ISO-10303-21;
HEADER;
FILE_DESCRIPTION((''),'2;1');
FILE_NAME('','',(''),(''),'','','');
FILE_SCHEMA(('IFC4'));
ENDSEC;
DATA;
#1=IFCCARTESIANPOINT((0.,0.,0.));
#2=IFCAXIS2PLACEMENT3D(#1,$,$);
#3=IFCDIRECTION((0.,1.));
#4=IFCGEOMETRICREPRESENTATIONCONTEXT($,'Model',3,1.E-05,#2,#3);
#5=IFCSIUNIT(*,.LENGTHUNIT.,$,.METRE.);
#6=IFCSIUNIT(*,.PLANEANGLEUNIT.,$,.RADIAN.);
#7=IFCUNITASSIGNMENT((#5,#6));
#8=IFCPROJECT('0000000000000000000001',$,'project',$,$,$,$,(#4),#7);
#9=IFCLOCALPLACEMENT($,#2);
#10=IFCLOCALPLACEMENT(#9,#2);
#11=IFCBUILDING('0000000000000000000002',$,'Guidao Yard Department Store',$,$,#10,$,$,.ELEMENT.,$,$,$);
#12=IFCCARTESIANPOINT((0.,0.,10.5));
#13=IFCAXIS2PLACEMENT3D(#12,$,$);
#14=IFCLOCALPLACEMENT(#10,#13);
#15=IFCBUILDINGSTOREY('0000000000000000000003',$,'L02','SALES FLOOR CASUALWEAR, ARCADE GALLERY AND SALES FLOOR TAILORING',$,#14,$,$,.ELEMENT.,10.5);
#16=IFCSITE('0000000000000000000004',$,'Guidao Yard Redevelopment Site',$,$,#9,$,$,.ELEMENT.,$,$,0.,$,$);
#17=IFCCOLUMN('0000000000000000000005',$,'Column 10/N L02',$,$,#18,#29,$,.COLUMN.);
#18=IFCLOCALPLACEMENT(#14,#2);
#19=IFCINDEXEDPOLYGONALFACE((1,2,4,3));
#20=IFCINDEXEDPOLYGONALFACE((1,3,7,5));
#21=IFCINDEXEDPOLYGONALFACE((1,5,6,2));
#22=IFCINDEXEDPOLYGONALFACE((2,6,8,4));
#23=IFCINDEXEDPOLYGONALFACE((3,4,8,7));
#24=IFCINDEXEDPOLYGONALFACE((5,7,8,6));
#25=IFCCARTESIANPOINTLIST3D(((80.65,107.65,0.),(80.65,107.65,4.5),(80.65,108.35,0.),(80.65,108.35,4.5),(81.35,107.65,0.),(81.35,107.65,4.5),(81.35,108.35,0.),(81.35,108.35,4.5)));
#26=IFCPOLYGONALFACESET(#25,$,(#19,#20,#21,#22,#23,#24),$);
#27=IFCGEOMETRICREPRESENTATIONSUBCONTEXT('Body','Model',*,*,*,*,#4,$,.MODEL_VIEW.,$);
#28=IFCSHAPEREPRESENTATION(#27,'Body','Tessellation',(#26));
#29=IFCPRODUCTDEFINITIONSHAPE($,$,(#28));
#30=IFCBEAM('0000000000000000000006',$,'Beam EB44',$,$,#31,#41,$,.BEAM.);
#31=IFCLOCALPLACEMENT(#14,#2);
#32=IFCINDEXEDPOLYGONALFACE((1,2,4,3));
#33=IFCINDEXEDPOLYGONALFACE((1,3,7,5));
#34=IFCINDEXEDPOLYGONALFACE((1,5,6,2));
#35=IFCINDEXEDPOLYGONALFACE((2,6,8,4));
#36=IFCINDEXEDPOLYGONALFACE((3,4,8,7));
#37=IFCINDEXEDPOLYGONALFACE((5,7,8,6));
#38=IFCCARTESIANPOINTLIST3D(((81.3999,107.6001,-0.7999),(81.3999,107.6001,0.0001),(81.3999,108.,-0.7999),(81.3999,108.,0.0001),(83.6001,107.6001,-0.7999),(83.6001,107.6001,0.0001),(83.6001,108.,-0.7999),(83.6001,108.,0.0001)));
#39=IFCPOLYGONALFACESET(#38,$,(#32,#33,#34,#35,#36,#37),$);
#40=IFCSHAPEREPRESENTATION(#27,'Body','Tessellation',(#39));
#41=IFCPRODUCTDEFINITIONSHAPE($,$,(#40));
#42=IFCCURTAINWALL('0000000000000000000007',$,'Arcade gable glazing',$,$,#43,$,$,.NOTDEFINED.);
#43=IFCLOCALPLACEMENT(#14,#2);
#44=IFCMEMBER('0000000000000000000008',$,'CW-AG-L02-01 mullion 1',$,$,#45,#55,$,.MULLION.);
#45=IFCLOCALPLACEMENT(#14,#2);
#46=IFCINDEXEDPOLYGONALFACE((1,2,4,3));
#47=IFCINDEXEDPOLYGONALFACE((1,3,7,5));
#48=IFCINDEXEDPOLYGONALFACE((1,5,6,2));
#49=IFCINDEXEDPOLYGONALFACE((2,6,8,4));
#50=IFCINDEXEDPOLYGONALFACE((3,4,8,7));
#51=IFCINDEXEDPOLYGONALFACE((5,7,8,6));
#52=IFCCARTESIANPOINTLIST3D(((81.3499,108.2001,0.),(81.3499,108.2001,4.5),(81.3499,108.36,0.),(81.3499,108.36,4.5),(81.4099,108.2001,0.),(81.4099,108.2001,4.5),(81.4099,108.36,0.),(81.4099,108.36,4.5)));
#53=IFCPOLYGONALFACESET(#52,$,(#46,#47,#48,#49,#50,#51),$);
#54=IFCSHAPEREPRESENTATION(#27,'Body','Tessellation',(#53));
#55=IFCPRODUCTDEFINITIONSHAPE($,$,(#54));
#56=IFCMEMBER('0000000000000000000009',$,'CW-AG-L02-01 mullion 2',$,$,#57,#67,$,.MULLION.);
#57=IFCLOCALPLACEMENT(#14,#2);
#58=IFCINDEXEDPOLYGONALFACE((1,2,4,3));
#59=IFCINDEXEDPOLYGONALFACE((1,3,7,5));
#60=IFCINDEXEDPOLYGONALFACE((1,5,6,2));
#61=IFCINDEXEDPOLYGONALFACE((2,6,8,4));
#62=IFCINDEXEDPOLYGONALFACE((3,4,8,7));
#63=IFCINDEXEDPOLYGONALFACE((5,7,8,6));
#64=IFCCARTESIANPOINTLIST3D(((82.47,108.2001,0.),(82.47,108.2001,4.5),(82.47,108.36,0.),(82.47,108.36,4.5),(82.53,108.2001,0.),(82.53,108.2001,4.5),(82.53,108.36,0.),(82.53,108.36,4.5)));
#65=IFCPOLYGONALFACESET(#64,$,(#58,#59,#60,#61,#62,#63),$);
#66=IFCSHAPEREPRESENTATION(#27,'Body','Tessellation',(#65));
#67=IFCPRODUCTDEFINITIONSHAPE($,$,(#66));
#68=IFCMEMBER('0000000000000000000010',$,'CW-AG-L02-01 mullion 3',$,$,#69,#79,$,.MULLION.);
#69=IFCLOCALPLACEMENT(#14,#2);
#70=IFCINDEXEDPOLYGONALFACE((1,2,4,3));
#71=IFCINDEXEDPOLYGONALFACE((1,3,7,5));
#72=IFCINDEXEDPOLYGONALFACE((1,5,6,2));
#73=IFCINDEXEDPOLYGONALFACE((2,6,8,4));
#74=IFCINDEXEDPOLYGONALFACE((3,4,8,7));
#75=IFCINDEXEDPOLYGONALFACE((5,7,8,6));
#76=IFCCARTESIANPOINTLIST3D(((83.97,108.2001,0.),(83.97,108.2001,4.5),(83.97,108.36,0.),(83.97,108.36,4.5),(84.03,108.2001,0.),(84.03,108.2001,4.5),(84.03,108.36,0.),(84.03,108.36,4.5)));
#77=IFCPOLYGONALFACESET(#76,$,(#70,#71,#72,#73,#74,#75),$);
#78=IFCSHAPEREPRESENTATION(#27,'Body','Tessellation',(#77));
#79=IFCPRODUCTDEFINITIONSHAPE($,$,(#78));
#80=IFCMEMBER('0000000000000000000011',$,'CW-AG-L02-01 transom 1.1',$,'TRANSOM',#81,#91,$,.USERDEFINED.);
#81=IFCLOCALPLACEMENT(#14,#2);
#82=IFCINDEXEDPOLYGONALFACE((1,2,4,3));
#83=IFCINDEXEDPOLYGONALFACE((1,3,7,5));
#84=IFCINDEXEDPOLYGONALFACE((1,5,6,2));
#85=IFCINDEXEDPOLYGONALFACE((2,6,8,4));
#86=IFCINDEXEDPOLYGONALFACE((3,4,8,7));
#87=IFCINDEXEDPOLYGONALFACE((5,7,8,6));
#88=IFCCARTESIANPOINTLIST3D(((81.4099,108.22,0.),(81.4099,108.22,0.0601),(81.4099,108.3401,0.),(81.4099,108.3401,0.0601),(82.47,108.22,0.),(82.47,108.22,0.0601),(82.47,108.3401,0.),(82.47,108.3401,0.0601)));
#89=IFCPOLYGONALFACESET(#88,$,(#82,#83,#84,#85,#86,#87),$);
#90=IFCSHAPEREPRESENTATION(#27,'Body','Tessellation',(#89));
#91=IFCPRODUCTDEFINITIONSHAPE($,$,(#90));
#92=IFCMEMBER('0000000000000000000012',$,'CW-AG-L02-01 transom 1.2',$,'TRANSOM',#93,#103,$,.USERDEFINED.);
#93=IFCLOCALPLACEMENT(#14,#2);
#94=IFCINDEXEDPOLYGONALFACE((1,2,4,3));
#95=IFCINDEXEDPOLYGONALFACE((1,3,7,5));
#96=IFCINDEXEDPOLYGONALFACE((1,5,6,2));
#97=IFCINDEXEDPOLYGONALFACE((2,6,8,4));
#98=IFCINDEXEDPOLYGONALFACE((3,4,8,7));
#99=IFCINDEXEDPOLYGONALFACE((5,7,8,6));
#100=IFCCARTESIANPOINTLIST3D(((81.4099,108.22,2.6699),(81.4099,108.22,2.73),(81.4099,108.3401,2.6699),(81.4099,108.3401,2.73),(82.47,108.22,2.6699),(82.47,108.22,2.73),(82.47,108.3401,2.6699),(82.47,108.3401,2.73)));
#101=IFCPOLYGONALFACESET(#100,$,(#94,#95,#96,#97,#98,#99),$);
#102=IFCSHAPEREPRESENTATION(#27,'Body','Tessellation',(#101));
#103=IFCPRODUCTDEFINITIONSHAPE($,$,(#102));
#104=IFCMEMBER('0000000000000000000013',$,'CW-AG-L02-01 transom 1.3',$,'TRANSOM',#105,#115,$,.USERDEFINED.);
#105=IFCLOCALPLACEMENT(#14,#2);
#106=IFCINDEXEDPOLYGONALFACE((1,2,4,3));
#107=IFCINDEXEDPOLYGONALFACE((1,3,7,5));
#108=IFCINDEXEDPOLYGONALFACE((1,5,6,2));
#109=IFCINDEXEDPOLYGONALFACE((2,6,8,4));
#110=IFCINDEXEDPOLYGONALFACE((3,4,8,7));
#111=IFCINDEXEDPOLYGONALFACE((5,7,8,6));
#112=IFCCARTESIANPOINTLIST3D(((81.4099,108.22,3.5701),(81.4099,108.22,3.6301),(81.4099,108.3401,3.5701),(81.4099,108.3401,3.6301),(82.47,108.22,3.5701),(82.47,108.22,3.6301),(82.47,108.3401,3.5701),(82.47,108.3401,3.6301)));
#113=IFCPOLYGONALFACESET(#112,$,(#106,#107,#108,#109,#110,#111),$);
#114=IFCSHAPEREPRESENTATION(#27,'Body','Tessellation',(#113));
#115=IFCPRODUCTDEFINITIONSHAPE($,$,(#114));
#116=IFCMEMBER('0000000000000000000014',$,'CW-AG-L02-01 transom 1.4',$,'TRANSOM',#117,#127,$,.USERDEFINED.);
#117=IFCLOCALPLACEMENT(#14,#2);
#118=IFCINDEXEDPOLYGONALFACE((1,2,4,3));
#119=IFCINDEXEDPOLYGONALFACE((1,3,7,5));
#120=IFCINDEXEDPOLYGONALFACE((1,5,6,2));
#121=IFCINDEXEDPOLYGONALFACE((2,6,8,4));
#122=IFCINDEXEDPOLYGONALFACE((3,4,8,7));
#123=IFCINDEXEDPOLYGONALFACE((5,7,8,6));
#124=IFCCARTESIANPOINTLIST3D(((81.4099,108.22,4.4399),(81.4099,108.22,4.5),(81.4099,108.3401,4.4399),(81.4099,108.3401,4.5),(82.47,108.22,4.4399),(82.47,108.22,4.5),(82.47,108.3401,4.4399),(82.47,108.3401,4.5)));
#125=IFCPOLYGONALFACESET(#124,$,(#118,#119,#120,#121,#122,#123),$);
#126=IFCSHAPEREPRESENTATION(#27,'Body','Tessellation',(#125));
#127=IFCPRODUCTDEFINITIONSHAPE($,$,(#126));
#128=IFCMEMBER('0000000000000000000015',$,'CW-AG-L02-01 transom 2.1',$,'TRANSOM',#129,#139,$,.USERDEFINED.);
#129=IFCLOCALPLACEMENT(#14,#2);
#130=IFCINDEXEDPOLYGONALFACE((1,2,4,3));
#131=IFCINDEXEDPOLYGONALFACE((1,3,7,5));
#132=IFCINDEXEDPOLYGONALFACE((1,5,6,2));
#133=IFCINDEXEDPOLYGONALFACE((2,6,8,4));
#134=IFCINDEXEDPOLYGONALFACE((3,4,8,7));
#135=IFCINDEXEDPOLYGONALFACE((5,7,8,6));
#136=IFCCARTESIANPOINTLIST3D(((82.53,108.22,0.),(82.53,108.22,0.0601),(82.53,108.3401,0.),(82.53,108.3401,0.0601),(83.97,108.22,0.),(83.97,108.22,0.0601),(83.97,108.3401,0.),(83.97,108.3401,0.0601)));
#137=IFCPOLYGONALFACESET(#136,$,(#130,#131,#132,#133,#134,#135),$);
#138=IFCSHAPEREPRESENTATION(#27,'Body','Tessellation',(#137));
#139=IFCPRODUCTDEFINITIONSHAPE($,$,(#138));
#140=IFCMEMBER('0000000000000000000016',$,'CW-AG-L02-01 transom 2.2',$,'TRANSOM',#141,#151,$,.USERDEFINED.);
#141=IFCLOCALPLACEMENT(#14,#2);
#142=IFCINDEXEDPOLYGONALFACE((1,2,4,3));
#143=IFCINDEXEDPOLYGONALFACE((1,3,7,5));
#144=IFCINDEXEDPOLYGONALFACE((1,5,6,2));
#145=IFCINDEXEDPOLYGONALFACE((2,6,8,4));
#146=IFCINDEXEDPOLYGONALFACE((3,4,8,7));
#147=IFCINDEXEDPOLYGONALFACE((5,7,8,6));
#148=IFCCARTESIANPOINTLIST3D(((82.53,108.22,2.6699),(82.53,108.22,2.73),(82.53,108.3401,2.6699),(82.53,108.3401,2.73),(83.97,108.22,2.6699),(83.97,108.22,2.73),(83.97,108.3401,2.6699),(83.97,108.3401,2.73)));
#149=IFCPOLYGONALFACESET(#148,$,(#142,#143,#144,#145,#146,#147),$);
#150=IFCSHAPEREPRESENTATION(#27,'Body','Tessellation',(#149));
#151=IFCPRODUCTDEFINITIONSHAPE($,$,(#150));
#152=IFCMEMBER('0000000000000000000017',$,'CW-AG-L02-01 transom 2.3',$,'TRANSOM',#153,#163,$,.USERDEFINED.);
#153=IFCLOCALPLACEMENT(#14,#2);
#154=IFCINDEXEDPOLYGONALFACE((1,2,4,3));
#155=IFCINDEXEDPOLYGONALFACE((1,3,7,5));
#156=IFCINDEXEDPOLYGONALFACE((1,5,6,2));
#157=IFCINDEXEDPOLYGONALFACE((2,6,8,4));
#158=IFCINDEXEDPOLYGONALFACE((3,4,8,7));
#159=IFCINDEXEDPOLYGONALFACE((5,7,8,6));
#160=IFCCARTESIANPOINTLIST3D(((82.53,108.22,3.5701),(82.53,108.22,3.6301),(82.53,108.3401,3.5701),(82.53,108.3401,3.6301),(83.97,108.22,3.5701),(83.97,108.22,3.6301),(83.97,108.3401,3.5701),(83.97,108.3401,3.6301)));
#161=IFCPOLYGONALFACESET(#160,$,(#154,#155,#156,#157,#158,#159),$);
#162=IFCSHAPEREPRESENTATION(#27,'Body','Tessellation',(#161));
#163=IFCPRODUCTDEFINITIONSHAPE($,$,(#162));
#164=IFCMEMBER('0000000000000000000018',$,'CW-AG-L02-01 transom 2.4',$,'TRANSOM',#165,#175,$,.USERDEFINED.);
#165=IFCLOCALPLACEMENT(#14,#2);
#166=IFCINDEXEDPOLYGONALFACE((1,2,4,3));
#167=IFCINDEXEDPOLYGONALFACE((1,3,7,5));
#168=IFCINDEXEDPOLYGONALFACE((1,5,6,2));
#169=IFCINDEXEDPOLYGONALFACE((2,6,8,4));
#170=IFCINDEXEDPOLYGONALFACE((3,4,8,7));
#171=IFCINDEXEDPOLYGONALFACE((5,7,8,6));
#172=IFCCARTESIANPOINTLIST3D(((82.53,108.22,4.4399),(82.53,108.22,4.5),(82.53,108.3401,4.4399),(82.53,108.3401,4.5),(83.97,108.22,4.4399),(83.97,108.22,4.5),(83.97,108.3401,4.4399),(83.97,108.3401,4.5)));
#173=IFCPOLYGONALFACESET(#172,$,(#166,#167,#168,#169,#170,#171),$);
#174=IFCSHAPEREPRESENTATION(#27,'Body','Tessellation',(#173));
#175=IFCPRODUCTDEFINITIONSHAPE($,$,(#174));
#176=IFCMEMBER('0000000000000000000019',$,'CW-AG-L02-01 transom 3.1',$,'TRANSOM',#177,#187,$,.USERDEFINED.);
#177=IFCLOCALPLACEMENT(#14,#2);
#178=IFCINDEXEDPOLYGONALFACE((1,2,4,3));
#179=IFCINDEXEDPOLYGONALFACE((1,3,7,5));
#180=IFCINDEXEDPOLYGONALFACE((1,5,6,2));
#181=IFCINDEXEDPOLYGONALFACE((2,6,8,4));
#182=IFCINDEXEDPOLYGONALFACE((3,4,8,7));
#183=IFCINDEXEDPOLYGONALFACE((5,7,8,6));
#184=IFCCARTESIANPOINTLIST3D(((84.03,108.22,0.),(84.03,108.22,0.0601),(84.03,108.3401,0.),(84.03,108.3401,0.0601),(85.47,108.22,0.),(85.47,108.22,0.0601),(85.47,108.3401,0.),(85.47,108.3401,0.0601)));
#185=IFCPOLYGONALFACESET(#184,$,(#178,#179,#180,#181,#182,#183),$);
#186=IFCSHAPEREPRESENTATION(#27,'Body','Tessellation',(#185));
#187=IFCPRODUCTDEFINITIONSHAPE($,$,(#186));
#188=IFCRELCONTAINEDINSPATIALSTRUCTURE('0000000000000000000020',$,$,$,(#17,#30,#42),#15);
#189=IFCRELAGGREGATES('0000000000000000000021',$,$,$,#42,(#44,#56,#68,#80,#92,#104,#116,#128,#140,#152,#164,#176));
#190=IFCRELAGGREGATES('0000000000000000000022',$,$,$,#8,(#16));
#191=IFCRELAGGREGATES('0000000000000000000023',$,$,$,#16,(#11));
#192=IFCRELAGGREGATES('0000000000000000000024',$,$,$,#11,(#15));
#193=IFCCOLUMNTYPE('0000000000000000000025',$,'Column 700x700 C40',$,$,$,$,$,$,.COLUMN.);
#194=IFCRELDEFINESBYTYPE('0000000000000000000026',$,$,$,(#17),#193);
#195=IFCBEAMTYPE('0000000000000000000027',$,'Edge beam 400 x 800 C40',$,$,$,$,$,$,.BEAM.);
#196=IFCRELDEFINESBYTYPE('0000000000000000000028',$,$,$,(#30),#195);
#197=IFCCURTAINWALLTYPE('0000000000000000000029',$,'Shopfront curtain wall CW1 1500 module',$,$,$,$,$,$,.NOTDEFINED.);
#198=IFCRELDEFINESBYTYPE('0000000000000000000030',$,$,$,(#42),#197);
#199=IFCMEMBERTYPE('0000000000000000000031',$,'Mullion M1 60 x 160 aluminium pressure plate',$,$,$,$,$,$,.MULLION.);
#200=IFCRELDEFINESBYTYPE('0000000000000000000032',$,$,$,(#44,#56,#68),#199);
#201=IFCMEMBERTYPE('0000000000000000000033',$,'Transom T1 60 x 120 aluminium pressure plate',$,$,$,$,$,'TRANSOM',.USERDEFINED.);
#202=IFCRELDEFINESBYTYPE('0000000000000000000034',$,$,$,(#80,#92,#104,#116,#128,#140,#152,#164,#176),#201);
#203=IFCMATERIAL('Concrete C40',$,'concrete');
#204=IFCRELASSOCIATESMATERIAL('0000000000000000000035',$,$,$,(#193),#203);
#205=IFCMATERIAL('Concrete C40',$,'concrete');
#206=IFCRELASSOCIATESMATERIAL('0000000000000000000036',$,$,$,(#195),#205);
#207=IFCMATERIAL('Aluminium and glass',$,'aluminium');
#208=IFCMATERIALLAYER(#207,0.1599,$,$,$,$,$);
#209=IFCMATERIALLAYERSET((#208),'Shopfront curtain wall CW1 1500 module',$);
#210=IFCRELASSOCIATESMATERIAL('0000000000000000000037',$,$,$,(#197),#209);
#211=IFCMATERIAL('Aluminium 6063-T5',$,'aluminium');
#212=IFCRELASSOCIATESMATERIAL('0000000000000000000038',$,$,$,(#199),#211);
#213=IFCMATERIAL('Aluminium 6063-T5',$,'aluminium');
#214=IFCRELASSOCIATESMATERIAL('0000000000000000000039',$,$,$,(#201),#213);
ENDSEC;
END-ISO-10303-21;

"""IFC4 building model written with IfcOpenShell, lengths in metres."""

from ifc_helpers import new_model, si_unit, direction, frame, origin, origin_2d, place, context, subcontext, project, spatial, rectangle, extrude, material, layer, layer_set, material_profile, profile_set, type_object, element, aggregate, save


model = new_model("IFC4")

# Units and contexts
model_context = context("Model", 3, precision=1e-05, world=origin(), true_north=direction((0.0, 1.0)))
body_context = subcontext(model_context, "Body", "Model", "MODEL_VIEW")
ifc_project = project(units=[si_unit("LENGTHUNIT", "METRE"), si_unit("PLANEANGLEUNIT", "RADIAN")], contexts=[model_context])

# Site, building, storey
site_placement = place(None, origin())
site = spatial("IfcSite", under=ifc_project, at=site_placement, Name="Guidao Yard Redevelopment Site", CompositionType="ELEMENT", RefElevation=0.0)
building_placement = place(site_placement, origin())
building = spatial("IfcBuilding", under=site, at=building_placement, Name="Guidao Yard Department Store", CompositionType="ELEMENT")
storey_placement = place(building_placement, frame((0.0, 0.0, 10.5)))
storey = spatial("IfcBuildingStorey", under=building, at=storey_placement, Name="L02", Description="SALES FLOOR CASUALWEAR, ARCADE GALLERY AND SALES FLOOR TAILORING", CompositionType="ELEMENT", Elevation=10.5)

# Column
ifc_material_1 = material(Name="Concrete C40", Category="concrete")
ifc_material_profile_1 = material_profile(ifc_material_1, rectangle(XDim=0.7, YDim=0.7, at=origin_2d()), Name="COL 700x700")
ifc_profile_set_1 = profile_set([ifc_material_profile_1], Name="Concrete C40")
column_type = type_object("IfcColumnType", Name="Column 700x700 C40", PredefinedType="COLUMN", material=ifc_profile_set_1)
column_placement = place(storey_placement, frame((81.0, 108.0, 0.0), z_axis=(0.0, 0.0, 1.0), x_axis=(1.0, 0.0, 0.0)))
element("IfcColumn", 1, at=column_placement, inside=storey, type_object=column_type, Name="Column 10/N L02", PredefinedType="COLUMN", context=body_context, shape_type="SweptSolid", body=[
    extrude(rectangle(XDim=0.7, YDim=0.7, at=origin_2d()), origin(), (0.0, 0.0, 1.0), 4.5),
])

# Beam
ifc_material_2 = material(Name="Concrete C40", Category="concrete")
ifc_material_profile_2 = material_profile(ifc_material_2, rectangle(XDim=0.3999, YDim=0.8, at=origin_2d()), Name="Edge beam 400 x 800 C40")
ifc_profile_set_2 = profile_set([ifc_material_profile_2], Name="Concrete C40")
beam_type = type_object("IfcBeamType", Name="Edge beam 400 x 800 C40", PredefinedType="BEAM", material=ifc_profile_set_2)
beam_placement = place(storey_placement, frame((81.3999, 107.8, -0.3999), z_axis=(1.0, 0.0, 0.0), x_axis=(0.0, 1.0, 0.0)))
element("IfcBeam", 2, at=beam_placement, inside=storey, type_object=beam_type, Name="Beam EB44", PredefinedType="BEAM", context=body_context, shape_type="SweptSolid", body=[
    extrude(rectangle(XDim=0.3999, YDim=0.8, at=origin_2d()), origin(), (0.0, 0.0, 1.0), 2.2002),
])

# Curtain wall, members
ifc_material_3 = material(Name="Aluminium and glass", Category="aluminium")
ifc_layer_1 = layer(ifc_material_3, 0.1599)
ifc_layer_set_1 = layer_set([ifc_layer_1], Name="Shopfront curtain wall CW1 1500 module")
curtain_wall_type = type_object("IfcCurtainWallType", Name="Shopfront curtain wall CW1 1500 module", PredefinedType="NOTDEFINED", material=ifc_layer_set_1)
curtain_wall_placement = place(storey_placement, origin())
curtain_wall = element("IfcCurtainWall", 3, at=curtain_wall_placement, inside=storey, type_object=curtain_wall_type, Name="Arcade gable glazing", PredefinedType="NOTDEFINED")
ifc_material_4 = material(Name="Aluminium 6063-T5", Category="aluminium")
ifc_material_profile_3 = material_profile(ifc_material_4, rectangle(XDim=0.0601, YDim=0.1599, at=origin_2d()), Name="Mullion M1 60 x 160 aluminium pressure plate")
ifc_profile_set_3 = profile_set([ifc_material_profile_3], Name="Aluminium 6063-T5")
member_type_1 = type_object("IfcMemberType", Name="Mullion M1 60 x 160 aluminium pressure plate", PredefinedType="MULLION", material=ifc_profile_set_3)
member_1_placement = place(storey_placement, frame((81.3799, 108.28, 0.0), z_axis=(0.0, 0.0, 1.0), x_axis=(1.0, 0.0, 0.0)))
member_1 = element("IfcMember", 4, at=member_1_placement, type_object=member_type_1, Name="CW-AG-L02-01 mullion 1", PredefinedType="MULLION", context=body_context, shape_type="SweptSolid", body=[
    extrude(rectangle(XDim=0.0601, YDim=0.1599, at=origin_2d()), origin(), (0.0, 0.0, 1.0), 4.5),
])
member_2_placement = place(storey_placement, frame((82.5, 108.28, 0.0), z_axis=(0.0, 0.0, 1.0), x_axis=(1.0, 0.0, 0.0)))
member_2 = element("IfcMember", 5, at=member_2_placement, type_object=member_type_1, Name="CW-AG-L02-01 mullion 2", PredefinedType="MULLION", context=body_context, shape_type="SweptSolid", body=[
    extrude(rectangle(XDim=0.0601, YDim=0.1599, at=origin_2d()), origin(), (0.0, 0.0, 1.0), 4.5),
])
member_3_placement = place(storey_placement, frame((84.0, 108.28, 0.0), z_axis=(0.0, 0.0, 1.0), x_axis=(1.0, 0.0, 0.0)))
member_3 = element("IfcMember", 6, at=member_3_placement, type_object=member_type_1, Name="CW-AG-L02-01 mullion 3", PredefinedType="MULLION", context=body_context, shape_type="SweptSolid", body=[
    extrude(rectangle(XDim=0.0601, YDim=0.1599, at=origin_2d()), origin(), (0.0, 0.0, 1.0), 4.5),
])
ifc_material_5 = material(Name="Aluminium 6063-T5", Category="aluminium")
ifc_material_profile_4 = material_profile(ifc_material_5, rectangle(XDim=0.1201, YDim=0.0601, at=origin_2d()), Name="Transom T1 60 x 120 aluminium pressure plate")
ifc_profile_set_4 = profile_set([ifc_material_profile_4], Name="Aluminium 6063-T5")
member_type_2 = type_object("IfcMemberType", Name="Transom T1 60 x 120 aluminium pressure plate", ElementType="TRANSOM", PredefinedType="USERDEFINED", material=ifc_profile_set_4)
member_4_placement = place(storey_placement, frame((81.4099, 108.28, 0.03), z_axis=(1.0, 0.0, 0.0), x_axis=(0.0, 1.0, 0.0)))
member_4 = element("IfcMember", 7, at=member_4_placement, type_object=member_type_2, Name="CW-AG-L02-01 transom 1.1", ObjectType="TRANSOM", PredefinedType="USERDEFINED", context=body_context, shape_type="SweptSolid", body=[
    extrude(rectangle(XDim=0.1201, YDim=0.0601, at=origin_2d()), origin(), (0.0, 0.0, 1.0), 1.0601),
])
member_5_placement = place(storey_placement, frame((81.4099, 108.28, 2.7), z_axis=(1.0, 0.0, 0.0), x_axis=(0.0, 1.0, 0.0)))
member_5 = element("IfcMember", 8, at=member_5_placement, type_object=member_type_2, Name="CW-AG-L02-01 transom 1.2", ObjectType="TRANSOM", PredefinedType="USERDEFINED", context=body_context, shape_type="SweptSolid", body=[
    extrude(rectangle(XDim=0.1201, YDim=0.0601, at=origin_2d()), origin(), (0.0, 0.0, 1.0), 1.0601),
])
member_6_placement = place(storey_placement, frame((81.4099, 108.28, 3.6001), z_axis=(1.0, 0.0, 0.0), x_axis=(0.0, 1.0, 0.0)))
member_6 = element("IfcMember", 9, at=member_6_placement, type_object=member_type_2, Name="CW-AG-L02-01 transom 1.3", ObjectType="TRANSOM", PredefinedType="USERDEFINED", context=body_context, shape_type="SweptSolid", body=[
    extrude(rectangle(XDim=0.1201, YDim=0.0601, at=origin_2d()), origin(), (0.0, 0.0, 1.0), 1.0601),
])
member_7_placement = place(storey_placement, frame((81.4099, 108.28, 4.47), z_axis=(1.0, 0.0, 0.0), x_axis=(0.0, 1.0, 0.0)))
member_7 = element("IfcMember", 10, at=member_7_placement, type_object=member_type_2, Name="CW-AG-L02-01 transom 1.4", ObjectType="TRANSOM", PredefinedType="USERDEFINED", context=body_context, shape_type="SweptSolid", body=[
    extrude(rectangle(XDim=0.1201, YDim=0.0601, at=origin_2d()), origin(), (0.0, 0.0, 1.0), 1.0601),
])
member_8_placement = place(storey_placement, frame((82.53, 108.28, 0.03), z_axis=(1.0, 0.0, 0.0), x_axis=(0.0, 1.0, 0.0)))
member_8 = element("IfcMember", 11, at=member_8_placement, type_object=member_type_2, Name="CW-AG-L02-01 transom 2.1", ObjectType="TRANSOM", PredefinedType="USERDEFINED", context=body_context, shape_type="SweptSolid", body=[
    extrude(rectangle(XDim=0.1201, YDim=0.0601, at=origin_2d()), origin(), (0.0, 0.0, 1.0), 1.4399),
])
member_9_placement = place(storey_placement, frame((82.53, 108.28, 2.7), z_axis=(1.0, 0.0, 0.0), x_axis=(0.0, 1.0, 0.0)))
member_9 = element("IfcMember", 12, at=member_9_placement, type_object=member_type_2, Name="CW-AG-L02-01 transom 2.2", ObjectType="TRANSOM", PredefinedType="USERDEFINED", context=body_context, shape_type="SweptSolid", body=[
    extrude(rectangle(XDim=0.1201, YDim=0.0601, at=origin_2d()), origin(), (0.0, 0.0, 1.0), 1.4399),
])
member_10_placement = place(storey_placement, frame((82.53, 108.28, 3.6001), z_axis=(1.0, 0.0, 0.0), x_axis=(0.0, 1.0, 0.0)))
member_10 = element("IfcMember", 13, at=member_10_placement, type_object=member_type_2, Name="CW-AG-L02-01 transom 2.3", ObjectType="TRANSOM", PredefinedType="USERDEFINED", context=body_context, shape_type="SweptSolid", body=[
    extrude(rectangle(XDim=0.1201, YDim=0.0601, at=origin_2d()), origin(), (0.0, 0.0, 1.0), 1.4399),
])
member_11_placement = place(storey_placement, frame((82.53, 108.28, 4.47), z_axis=(1.0, 0.0, 0.0), x_axis=(0.0, 1.0, 0.0)))
member_11 = element("IfcMember", 14, at=member_11_placement, type_object=member_type_2, Name="CW-AG-L02-01 transom 2.4", ObjectType="TRANSOM", PredefinedType="USERDEFINED", context=body_context, shape_type="SweptSolid", body=[
    extrude(rectangle(XDim=0.1201, YDim=0.0601, at=origin_2d()), origin(), (0.0, 0.0, 1.0), 1.4399),
])
member_12_placement = place(storey_placement, frame((84.03, 108.28, 0.03), z_axis=(1.0, 0.0, 0.0), x_axis=(0.0, 1.0, 0.0)))
member_12 = element("IfcMember", 15, at=member_12_placement, type_object=member_type_2, Name="CW-AG-L02-01 transom 3.1", ObjectType="TRANSOM", PredefinedType="USERDEFINED", context=body_context, shape_type="SweptSolid", body=[
    extrude(rectangle(XDim=0.1201, YDim=0.0601, at=origin_2d()), origin(), (0.0, 0.0, 1.0), 1.4399),
])
aggregate(curtain_wall, [member_1, member_2, member_3, member_4, member_5, member_6, member_7, member_8, member_9, member_10, member_11, member_12])

save(model, "model.ifc")
